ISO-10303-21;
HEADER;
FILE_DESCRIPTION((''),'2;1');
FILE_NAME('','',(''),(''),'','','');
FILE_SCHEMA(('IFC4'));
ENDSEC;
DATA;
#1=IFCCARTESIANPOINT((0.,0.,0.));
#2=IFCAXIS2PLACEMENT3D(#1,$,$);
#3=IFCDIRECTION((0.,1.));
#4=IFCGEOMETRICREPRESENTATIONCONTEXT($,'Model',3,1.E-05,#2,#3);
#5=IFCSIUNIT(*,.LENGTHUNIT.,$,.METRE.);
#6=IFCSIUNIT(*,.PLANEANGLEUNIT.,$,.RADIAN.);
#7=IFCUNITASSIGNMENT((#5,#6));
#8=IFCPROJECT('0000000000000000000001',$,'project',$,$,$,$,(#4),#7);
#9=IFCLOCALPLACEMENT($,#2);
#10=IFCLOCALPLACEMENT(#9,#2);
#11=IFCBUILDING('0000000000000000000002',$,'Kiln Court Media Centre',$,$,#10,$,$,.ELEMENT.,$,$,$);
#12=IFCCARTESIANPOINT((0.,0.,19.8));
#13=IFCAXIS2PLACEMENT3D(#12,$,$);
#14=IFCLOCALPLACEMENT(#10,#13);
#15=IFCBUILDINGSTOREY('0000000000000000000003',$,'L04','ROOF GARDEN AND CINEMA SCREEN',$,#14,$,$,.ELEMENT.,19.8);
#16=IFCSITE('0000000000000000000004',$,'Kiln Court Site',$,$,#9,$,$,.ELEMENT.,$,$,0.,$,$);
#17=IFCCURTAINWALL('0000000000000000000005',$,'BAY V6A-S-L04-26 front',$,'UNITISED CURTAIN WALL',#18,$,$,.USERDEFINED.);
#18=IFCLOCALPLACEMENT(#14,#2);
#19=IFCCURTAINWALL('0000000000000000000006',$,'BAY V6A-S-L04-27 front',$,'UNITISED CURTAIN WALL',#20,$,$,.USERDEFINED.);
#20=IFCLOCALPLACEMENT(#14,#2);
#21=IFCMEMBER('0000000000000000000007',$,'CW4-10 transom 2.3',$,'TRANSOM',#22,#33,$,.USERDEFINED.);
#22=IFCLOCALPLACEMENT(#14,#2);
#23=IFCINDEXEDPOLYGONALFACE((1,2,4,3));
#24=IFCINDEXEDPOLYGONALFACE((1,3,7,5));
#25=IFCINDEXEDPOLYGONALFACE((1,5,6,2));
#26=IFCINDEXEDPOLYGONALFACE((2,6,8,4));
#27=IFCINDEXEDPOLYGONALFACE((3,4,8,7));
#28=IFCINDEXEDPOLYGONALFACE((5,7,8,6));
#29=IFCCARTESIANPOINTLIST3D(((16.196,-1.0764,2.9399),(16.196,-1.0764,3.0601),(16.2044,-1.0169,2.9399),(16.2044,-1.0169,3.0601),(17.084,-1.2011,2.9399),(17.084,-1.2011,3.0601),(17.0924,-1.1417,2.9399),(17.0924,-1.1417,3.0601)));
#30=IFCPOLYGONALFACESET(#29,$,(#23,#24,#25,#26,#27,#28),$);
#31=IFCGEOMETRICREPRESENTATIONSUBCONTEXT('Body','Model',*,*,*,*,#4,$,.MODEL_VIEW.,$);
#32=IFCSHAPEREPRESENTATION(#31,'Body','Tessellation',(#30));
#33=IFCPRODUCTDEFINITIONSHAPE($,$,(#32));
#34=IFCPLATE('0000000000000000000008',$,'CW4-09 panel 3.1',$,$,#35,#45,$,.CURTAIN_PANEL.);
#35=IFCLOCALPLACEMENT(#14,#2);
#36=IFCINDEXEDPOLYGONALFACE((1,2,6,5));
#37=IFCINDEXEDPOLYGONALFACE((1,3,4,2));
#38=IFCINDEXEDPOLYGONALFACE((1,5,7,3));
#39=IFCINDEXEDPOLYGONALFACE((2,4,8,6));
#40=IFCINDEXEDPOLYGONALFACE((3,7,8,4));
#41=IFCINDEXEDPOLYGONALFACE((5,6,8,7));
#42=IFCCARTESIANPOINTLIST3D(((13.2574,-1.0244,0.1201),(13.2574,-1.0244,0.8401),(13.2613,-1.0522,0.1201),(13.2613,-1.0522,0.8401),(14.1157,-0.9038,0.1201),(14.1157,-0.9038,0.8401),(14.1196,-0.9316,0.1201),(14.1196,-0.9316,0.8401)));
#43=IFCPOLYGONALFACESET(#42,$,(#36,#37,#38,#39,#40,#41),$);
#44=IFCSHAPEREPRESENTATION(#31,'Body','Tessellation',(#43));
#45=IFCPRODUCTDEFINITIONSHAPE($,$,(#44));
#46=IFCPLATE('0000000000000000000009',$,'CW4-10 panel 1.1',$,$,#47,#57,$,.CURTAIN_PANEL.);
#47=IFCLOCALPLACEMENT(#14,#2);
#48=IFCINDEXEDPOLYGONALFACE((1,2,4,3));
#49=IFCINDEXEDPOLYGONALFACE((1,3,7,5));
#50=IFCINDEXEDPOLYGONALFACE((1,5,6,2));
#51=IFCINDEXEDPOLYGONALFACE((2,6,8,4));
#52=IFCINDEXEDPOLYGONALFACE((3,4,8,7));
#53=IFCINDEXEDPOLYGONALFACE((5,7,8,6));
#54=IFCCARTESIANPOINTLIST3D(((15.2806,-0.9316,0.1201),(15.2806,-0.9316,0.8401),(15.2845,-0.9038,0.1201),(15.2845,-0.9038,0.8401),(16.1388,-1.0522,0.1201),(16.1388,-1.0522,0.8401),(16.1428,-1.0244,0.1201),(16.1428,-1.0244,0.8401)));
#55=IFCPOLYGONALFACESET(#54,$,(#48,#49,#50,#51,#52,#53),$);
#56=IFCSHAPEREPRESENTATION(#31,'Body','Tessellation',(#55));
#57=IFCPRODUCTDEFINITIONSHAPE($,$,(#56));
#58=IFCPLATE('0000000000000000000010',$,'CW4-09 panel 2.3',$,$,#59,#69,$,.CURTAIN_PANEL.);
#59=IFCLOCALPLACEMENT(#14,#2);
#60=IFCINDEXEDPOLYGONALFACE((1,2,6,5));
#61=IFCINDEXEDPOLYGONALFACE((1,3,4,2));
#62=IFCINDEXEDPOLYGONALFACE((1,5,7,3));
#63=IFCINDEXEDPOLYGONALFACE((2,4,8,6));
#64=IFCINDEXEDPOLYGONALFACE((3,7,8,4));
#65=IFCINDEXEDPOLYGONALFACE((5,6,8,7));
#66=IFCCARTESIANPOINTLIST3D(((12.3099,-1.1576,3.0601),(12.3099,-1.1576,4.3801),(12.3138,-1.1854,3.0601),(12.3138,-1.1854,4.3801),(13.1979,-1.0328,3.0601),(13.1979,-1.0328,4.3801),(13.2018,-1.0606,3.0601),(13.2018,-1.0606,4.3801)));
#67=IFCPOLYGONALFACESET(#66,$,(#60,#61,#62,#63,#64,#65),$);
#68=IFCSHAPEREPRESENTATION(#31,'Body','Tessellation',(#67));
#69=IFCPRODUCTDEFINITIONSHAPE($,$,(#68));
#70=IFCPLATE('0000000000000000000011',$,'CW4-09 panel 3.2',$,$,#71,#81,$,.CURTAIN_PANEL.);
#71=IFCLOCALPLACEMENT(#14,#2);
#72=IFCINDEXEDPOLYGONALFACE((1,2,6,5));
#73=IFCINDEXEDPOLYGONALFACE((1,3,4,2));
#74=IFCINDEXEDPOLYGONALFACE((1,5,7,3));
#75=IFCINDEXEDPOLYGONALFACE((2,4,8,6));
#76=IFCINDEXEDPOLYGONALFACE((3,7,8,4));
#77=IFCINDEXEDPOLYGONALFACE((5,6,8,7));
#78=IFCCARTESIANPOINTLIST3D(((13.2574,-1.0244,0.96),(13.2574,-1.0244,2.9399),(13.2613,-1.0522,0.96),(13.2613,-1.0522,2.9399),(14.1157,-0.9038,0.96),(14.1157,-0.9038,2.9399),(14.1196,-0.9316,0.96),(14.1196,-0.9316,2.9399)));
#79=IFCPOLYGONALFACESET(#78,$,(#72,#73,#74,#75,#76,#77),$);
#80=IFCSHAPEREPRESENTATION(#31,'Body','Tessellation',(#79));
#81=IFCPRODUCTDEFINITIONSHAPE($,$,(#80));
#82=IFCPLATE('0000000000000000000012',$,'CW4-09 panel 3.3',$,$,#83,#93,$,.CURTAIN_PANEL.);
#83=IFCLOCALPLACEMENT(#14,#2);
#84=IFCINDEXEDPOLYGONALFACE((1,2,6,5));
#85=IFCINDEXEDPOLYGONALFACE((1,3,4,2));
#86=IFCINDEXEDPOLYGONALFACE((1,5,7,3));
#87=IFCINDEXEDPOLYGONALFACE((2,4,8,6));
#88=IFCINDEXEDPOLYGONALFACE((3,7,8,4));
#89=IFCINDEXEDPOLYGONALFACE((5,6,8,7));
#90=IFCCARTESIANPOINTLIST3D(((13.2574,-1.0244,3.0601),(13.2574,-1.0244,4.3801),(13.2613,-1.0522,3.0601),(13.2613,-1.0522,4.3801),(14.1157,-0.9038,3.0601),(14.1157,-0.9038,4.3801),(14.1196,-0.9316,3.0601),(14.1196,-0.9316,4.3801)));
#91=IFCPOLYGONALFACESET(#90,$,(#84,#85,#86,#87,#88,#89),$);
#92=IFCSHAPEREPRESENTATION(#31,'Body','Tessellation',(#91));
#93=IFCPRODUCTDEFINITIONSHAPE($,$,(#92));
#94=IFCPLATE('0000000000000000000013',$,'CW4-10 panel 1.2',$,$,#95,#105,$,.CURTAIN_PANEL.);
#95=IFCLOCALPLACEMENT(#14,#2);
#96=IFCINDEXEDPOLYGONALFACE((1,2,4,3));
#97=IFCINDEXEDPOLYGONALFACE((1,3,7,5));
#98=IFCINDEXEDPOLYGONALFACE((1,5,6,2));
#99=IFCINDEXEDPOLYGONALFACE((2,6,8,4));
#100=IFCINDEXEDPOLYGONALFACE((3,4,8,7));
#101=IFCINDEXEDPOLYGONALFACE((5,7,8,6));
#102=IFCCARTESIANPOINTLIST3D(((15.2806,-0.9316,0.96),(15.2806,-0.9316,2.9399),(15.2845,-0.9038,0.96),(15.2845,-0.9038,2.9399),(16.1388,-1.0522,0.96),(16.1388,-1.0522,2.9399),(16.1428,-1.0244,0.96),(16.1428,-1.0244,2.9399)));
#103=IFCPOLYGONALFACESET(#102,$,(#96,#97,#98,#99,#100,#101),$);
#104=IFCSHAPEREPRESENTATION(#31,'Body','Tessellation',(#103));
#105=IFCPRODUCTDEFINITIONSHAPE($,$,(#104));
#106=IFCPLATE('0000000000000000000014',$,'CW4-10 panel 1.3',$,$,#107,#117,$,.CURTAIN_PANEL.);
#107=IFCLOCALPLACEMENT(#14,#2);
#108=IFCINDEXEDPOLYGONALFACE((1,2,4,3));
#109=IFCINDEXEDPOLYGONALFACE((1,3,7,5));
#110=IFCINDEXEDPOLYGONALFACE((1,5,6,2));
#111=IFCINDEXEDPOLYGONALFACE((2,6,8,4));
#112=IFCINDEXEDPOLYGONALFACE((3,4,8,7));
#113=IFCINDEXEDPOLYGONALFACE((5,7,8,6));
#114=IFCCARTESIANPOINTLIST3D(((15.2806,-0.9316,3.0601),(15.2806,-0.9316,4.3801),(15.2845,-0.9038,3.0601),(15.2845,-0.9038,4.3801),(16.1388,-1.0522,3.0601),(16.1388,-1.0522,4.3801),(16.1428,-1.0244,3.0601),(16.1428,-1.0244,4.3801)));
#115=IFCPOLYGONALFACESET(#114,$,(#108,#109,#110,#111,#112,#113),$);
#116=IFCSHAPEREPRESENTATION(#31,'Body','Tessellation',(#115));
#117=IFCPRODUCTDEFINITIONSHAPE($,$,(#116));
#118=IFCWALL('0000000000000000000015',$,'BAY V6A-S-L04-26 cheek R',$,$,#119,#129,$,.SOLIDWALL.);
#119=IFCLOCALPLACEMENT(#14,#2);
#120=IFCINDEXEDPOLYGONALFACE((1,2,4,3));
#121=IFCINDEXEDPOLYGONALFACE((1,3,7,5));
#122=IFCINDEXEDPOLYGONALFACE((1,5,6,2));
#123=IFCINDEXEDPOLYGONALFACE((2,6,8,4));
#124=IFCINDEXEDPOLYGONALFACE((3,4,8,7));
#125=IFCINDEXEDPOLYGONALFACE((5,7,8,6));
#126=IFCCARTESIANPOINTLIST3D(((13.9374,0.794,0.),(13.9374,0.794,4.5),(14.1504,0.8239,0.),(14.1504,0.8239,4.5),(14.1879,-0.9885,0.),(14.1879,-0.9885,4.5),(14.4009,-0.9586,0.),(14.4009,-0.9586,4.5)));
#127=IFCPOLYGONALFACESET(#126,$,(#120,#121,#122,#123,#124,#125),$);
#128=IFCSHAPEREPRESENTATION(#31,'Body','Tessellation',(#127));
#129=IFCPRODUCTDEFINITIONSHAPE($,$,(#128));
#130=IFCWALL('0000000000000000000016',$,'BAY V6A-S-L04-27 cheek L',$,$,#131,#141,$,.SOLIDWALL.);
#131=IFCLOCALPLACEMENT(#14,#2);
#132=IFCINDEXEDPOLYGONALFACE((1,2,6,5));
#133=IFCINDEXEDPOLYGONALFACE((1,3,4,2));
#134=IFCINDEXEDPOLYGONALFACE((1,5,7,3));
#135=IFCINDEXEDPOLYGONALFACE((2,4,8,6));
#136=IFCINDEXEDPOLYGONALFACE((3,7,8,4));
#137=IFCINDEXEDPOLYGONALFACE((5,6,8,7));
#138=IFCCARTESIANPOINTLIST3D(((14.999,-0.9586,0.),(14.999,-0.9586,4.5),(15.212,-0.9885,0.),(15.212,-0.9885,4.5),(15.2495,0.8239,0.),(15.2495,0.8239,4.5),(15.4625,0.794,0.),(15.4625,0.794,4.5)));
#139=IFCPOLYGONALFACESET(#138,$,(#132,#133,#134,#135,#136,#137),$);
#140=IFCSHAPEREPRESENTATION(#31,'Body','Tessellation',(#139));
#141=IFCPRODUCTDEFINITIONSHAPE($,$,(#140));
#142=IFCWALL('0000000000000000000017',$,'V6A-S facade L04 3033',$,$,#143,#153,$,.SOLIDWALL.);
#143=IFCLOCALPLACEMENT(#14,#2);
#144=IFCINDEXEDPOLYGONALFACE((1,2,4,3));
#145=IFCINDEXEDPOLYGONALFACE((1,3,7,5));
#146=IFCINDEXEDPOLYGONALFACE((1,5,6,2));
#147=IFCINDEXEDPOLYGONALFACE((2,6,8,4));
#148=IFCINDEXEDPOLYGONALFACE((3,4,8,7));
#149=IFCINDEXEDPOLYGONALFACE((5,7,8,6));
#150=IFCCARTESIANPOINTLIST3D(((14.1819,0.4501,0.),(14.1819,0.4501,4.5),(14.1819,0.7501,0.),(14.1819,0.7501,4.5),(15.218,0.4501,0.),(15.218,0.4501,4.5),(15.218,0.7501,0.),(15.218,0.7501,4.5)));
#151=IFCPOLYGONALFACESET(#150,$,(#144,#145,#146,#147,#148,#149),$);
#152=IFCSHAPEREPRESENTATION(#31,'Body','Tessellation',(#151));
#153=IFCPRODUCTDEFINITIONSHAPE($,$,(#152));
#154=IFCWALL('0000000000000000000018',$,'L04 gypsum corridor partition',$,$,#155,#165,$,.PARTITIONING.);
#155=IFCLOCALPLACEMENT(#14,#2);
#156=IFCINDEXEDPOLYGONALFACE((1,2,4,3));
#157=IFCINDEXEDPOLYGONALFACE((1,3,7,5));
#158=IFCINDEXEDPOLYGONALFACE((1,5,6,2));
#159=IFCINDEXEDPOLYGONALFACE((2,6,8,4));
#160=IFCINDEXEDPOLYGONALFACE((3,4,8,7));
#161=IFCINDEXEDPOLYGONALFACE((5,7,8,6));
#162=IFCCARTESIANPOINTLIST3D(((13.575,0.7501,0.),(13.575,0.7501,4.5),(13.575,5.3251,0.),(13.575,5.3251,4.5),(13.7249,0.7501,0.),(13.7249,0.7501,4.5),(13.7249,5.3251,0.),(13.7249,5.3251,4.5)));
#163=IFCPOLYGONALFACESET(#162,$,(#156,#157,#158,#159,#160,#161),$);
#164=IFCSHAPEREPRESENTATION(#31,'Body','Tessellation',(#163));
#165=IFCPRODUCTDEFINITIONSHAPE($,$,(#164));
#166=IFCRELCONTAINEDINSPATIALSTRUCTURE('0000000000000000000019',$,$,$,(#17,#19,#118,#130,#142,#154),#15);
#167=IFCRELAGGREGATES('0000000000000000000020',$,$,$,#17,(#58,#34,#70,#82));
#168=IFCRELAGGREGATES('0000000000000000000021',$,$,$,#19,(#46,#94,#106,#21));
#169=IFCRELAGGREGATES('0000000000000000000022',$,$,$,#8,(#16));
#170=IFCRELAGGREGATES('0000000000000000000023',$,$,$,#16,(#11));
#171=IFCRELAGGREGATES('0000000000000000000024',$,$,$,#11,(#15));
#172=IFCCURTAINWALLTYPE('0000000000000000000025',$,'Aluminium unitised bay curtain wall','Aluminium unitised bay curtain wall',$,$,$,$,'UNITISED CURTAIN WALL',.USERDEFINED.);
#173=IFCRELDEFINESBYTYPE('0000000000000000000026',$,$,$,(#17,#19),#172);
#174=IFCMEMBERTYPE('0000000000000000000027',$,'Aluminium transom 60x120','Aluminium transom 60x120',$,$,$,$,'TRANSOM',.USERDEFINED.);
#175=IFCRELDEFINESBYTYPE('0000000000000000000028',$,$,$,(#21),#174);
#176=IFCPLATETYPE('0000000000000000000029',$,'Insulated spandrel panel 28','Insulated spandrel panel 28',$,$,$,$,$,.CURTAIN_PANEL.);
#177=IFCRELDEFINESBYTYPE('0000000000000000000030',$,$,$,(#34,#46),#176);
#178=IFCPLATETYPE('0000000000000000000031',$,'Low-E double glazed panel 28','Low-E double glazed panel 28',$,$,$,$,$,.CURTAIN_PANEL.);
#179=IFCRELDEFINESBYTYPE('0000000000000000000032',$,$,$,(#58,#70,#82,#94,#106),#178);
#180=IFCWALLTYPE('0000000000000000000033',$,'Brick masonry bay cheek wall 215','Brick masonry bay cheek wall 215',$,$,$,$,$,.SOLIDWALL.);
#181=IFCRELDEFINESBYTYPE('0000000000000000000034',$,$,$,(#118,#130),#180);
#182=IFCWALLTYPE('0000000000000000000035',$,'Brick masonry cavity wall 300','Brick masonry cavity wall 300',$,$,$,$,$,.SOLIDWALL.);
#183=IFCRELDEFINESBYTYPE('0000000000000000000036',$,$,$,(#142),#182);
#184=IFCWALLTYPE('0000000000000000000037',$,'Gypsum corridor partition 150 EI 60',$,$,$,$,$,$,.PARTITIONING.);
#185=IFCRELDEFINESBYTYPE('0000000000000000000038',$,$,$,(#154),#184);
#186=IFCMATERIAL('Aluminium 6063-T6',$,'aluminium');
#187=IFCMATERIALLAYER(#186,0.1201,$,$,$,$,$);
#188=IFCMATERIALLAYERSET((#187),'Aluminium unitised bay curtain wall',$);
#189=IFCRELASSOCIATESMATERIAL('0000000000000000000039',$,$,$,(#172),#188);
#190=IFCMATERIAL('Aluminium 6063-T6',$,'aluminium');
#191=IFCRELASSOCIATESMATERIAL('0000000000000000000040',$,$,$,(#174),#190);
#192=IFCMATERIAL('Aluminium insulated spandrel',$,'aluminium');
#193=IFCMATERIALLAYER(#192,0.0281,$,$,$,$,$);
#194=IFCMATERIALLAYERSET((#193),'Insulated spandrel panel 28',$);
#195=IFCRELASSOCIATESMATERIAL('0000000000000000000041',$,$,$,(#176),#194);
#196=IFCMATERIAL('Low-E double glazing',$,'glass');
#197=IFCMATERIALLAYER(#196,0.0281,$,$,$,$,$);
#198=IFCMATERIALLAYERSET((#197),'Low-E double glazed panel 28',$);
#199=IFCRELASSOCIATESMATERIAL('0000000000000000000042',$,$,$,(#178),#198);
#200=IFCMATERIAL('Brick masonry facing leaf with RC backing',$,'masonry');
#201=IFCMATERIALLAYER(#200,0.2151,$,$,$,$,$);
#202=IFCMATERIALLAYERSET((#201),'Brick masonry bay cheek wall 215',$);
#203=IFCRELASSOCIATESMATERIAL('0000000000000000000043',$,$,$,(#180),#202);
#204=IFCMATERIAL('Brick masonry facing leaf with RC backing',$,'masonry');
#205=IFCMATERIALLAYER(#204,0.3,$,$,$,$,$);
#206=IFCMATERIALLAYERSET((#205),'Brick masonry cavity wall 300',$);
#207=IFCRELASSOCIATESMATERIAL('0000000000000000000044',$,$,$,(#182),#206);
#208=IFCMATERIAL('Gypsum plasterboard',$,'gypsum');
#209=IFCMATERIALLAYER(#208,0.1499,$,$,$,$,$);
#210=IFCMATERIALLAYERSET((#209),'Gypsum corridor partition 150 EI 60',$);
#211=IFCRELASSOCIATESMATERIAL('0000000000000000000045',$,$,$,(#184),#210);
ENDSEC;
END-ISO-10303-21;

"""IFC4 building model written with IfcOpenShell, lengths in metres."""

from ifc_helpers import new_model, si_unit, direction, frame, frame_2d, origin, origin_2d, place, context, subcontext, project, spatial, rectangle, extrude, material, layer, layer_set, material_profile, profile_set, type_object, element, aggregate, save


model = new_model("IFC4")

# Units and contexts
model_context = context("Model", 3, precision=1e-05, world=origin(), true_north=direction((0.0, 1.0)))
body_context = subcontext(model_context, "Body", "Model", "MODEL_VIEW")
ifc_project = project(units=[si_unit("LENGTHUNIT", "METRE"), si_unit("PLANEANGLEUNIT", "RADIAN")], contexts=[model_context])

# Site, building, storey
site_placement = place(None, origin())
site = spatial("IfcSite", under=ifc_project, at=site_placement, Name="Kiln Court Site", CompositionType="ELEMENT", RefElevation=0.0)
building_placement = place(site_placement, origin())
building = spatial("IfcBuilding", under=site, at=building_placement, Name="Kiln Court Media Centre", CompositionType="ELEMENT")
storey_placement = place(building_placement, frame((0.0, 0.0, 19.8)))
storey = spatial("IfcBuildingStorey", under=building, at=storey_placement, Name="L04", Description="ROOF GARDEN AND CINEMA SCREEN", CompositionType="ELEMENT", Elevation=19.8)

# Curtain walls
ifc_material_1 = material(Name="Aluminium 6063-T6", Category="aluminium")
ifc_layer_1 = layer(ifc_material_1, 0.1201)
ifc_layer_set_1 = layer_set([ifc_layer_1], Name="Aluminium unitised bay curtain wall")
curtain_wall_type = type_object("IfcCurtainWallType", Name="Aluminium unitised bay curtain wall", Description="Aluminium unitised bay curtain wall", ElementType="UNITISED CURTAIN WALL", PredefinedType="USERDEFINED", material=ifc_layer_set_1)
curtain_wall_1_placement = place(storey_placement, origin())
curtain_wall_1 = element("IfcCurtainWall", 1, at=curtain_wall_1_placement, inside=storey, type_object=curtain_wall_type, Name="BAY V6A-S-L04-26 front", ObjectType="UNITISED CURTAIN WALL", PredefinedType="USERDEFINED")
curtain_wall_2_placement = place(storey_placement, origin())
curtain_wall_2 = element("IfcCurtainWall", 2, at=curtain_wall_2_placement, inside=storey, type_object=curtain_wall_type, Name="BAY V6A-S-L04-27 front", ObjectType="UNITISED CURTAIN WALL", PredefinedType="USERDEFINED")

# Member
ifc_material_2 = material(Name="Aluminium 6063-T6", Category="aluminium")
ifc_material_profile_1 = material_profile(ifc_material_2, rectangle(XDim=0.0601, YDim=0.1201, at=origin_2d()), Name="Aluminium transom 60x120")
ifc_profile_set_1 = profile_set([ifc_material_profile_1], Name="Aluminium 6063-T6")
member_type_1 = type_object("IfcMemberType", Name="Aluminium transom 60x120", Description="Aluminium transom 60x120", ElementType="TRANSOM", PredefinedType="USERDEFINED", material=ifc_profile_set_1)
member_1_placement = place(storey_placement, frame((16.2002, -1.0466, 3.0), z_axis=(0.990274, -0.139134, 0.0), x_axis=(0.139134, 0.990274, 0.0)))
member_1 = element("IfcMember", 3, at=member_1_placement, type_object=member_type_1, Name="CW4-10 transom 2.3", ObjectType="TRANSOM", PredefinedType="USERDEFINED", context=body_context, shape_type="SweptSolid", body=[
    extrude(rectangle(XDim=0.0601, YDim=0.1201, at=origin_2d()), origin(), (0.0, 0.0, 1.0), 0.8967),
])

# Plates
ifc_material_3 = material(Name="Aluminium insulated spandrel", Category="aluminium")
ifc_layer_2 = layer(ifc_material_3, 0.0281)
ifc_layer_set_2 = layer_set([ifc_layer_2], Name="Insulated spandrel panel 28")
plate_type_1 = type_object("IfcPlateType", Name="Insulated spandrel panel 28", Description="Insulated spandrel panel 28", PredefinedType="CURTAIN_PANEL", material=ifc_layer_set_2)
plate_1_placement = place(storey_placement, frame((13.6885, -0.978, 0.1201), z_axis=(0.0, 0.0, 1.0), x_axis=(0.99027, 0.139162, 0.0)))
plate_1 = element("IfcPlate", 4, at=plate_1_placement, type_object=plate_type_1, Name="CW4-09 panel 3.1", PredefinedType="CURTAIN_PANEL", context=body_context, shape_type="SweptSolid", body=[
    extrude(rectangle(XDim=0.8667, YDim=0.0281, at=origin_2d()), origin(), (0.0, 0.0, 1.0), 0.72),
])
plate_2_placement = place(storey_placement, frame((15.7117, -0.978, 0.1201), z_axis=(0.0, 0.0, 1.0), x_axis=(0.99027, -0.139162, 0.0)))
plate_2 = element("IfcPlate", 5, at=plate_2_placement, type_object=plate_type_1, Name="CW4-10 panel 1.1", PredefinedType="CURTAIN_PANEL", context=body_context, shape_type="SweptSolid", body=[
    extrude(rectangle(XDim=0.8667, YDim=0.0281, at=origin_2d()), origin(), (0.0, 0.0, 1.0), 0.72),
])
ifc_material_4 = material(Name="Low-E double glazing", Category="glass")
ifc_layer_3 = layer(ifc_material_4, 0.0281)
ifc_layer_set_3 = layer_set([ifc_layer_3], Name="Low-E double glazed panel 28")
plate_type_2 = type_object("IfcPlateType", Name="Low-E double glazed panel 28", Description="Low-E double glazed panel 28", PredefinedType="CURTAIN_PANEL", material=ifc_layer_set_3)
plate_3_placement = place(storey_placement, frame((12.7559, -1.1091, 3.0601), z_axis=(0.0, 0.0, 1.0), x_axis=(0.99027, 0.139162, 0.0)))
plate_3 = element("IfcPlate", 6, at=plate_3_placement, type_object=plate_type_2, Name="CW4-09 panel 2.3", PredefinedType="CURTAIN_PANEL", context=body_context, shape_type="SweptSolid", body=[
    extrude(rectangle(XDim=0.8967, YDim=0.0281, at=origin_2d()), origin(), (0.0, 0.0, 1.0), 1.3201),
])
plate_4_placement = place(storey_placement, frame((13.6885, -0.978, 0.96), z_axis=(0.0, 0.0, 1.0), x_axis=(0.99027, 0.139162, 0.0)))
plate_4 = element("IfcPlate", 7, at=plate_4_placement, type_object=plate_type_2, Name="CW4-09 panel 3.2", PredefinedType="CURTAIN_PANEL", context=body_context, shape_type="SweptSolid", body=[
    extrude(rectangle(XDim=0.8667, YDim=0.0281, at=origin_2d()), origin(), (0.0, 0.0, 1.0), 1.98),
])
plate_5_placement = place(storey_placement, frame((13.6885, -0.978, 3.0601), z_axis=(0.0, 0.0, 1.0), x_axis=(0.99027, 0.139162, 0.0)))
plate_5 = element("IfcPlate", 8, at=plate_5_placement, type_object=plate_type_2, Name="CW4-09 panel 3.3", PredefinedType="CURTAIN_PANEL", context=body_context, shape_type="SweptSolid", body=[
    extrude(rectangle(XDim=0.8667, YDim=0.0281, at=origin_2d()), origin(), (0.0, 0.0, 1.0), 1.3201),
])
aggregate(curtain_wall_1, [plate_3, plate_1, plate_4, plate_5])
plate_6_placement = place(storey_placement, frame((15.7117, -0.978, 0.96), z_axis=(0.0, 0.0, 1.0), x_axis=(0.99027, -0.139162, 0.0)))
plate_6 = element("IfcPlate", 9, at=plate_6_placement, type_object=plate_type_2, Name="CW4-10 panel 1.2", PredefinedType="CURTAIN_PANEL", context=body_context, shape_type="SweptSolid", body=[
    extrude(rectangle(XDim=0.8667, YDim=0.0281, at=origin_2d()), origin(), (0.0, 0.0, 1.0), 1.98),
])
plate_7_placement = place(storey_placement, frame((15.7117, -0.978, 3.0601), z_axis=(0.0, 0.0, 1.0), x_axis=(0.99027, -0.139162, 0.0)))
plate_7 = element("IfcPlate", 10, at=plate_7_placement, type_object=plate_type_2, Name="CW4-10 panel 1.3", PredefinedType="CURTAIN_PANEL", context=body_context, shape_type="SweptSolid", body=[
    extrude(rectangle(XDim=0.8667, YDim=0.0281, at=origin_2d()), origin(), (0.0, 0.0, 1.0), 1.3201),
])
aggregate(curtain_wall_2, [plate_2, plate_6, plate_7, member_1])

# Walls
ifc_material_5 = material(Name="Brick masonry facing leaf with RC backing", Category="masonry")
ifc_layer_4 = layer(ifc_material_5, 0.2151)
ifc_layer_set_4 = layer_set([ifc_layer_4], Name="Brick masonry bay cheek wall 215")
wall_type_1 = type_object("IfcWallType", Name="Brick masonry bay cheek wall 215", Description="Brick masonry bay cheek wall 215", PredefinedType="SOLIDWALL", material=ifc_layer_set_4)
for number, where, z_axis, x_axis, name in (
    (11, (14.0439, 0.8088, 0.0), (0.0, 0.0, 1.0), (0.139161, -0.99027, 0.0), "BAY V6A-S-L04-26 cheek R"),
    (12, (15.356, 0.8088, 0.0), (0.0, 0.0, 1.0), (-0.139161, -0.99027, 0.0), "BAY V6A-S-L04-27 cheek L"),
):
    element("IfcWall", number, at=place(storey_placement, frame(where, z_axis=z_axis, x_axis=x_axis)), inside=storey, type_object=wall_type_1, Name=name, PredefinedType="SOLIDWALL", context=body_context, shape_type="SweptSolid", body=[
        extrude(rectangle(XDim=1.8, YDim=0.2151, at=frame_2d((0.8999, 0.0))), origin(), (0.0, 0.0, 1.0), 4.5),
    ])
ifc_material_6 = material(Name="Brick masonry facing leaf with RC backing", Category="masonry")
ifc_layer_5 = layer(ifc_material_6, 0.3)
ifc_layer_set_5 = layer_set([ifc_layer_5], Name="Brick masonry cavity wall 300")
wall_type_2 = type_object("IfcWallType", Name="Brick masonry cavity wall 300", Description="Brick masonry cavity wall 300", PredefinedType="SOLIDWALL", material=ifc_layer_set_5)
wall_1_placement = place(storey_placement, frame((15.218, 0.6001, 0.0), z_axis=(0.0, 0.0, 1.0), x_axis=(-1.0, 0.0, 0.0)))
element("IfcWall", 13, at=wall_1_placement, inside=storey, type_object=wall_type_2, Name="V6A-S facade L04 3033", PredefinedType="SOLIDWALL", context=body_context, shape_type="SweptSolid", body=[
    extrude(rectangle(XDim=1.0361, YDim=0.3, at=frame_2d((0.5181, 0.0))), origin(), (0.0, 0.0, 1.0), 4.5),
])
ifc_material_7 = material(Name="Gypsum plasterboard", Category="gypsum")
ifc_layer_6 = layer(ifc_material_7, 0.1499)
ifc_layer_set_6 = layer_set([ifc_layer_6], Name="Gypsum corridor partition 150 EI 60")
wall_type_3 = type_object("IfcWallType", Name="Gypsum corridor partition 150 EI 60", PredefinedType="PARTITIONING", material=ifc_layer_set_6)
wall_2_placement = place(storey_placement, frame((13.6499, 0.75, 0.0), z_axis=(0.0, 0.0, 1.0), x_axis=(0.0, 1.0, 0.0)))
element("IfcWall", 14, at=wall_2_placement, inside=storey, type_object=wall_type_3, Name="L04 gypsum corridor partition", PredefinedType="PARTITIONING", context=body_context, shape_type="SweptSolid", body=[
    extrude(rectangle(XDim=4.575, YDim=0.1499, at=frame_2d((2.2876, 0.0))), origin(), (0.0, 0.0, 1.0), 4.5),
])

save(model, "model.ifc")
